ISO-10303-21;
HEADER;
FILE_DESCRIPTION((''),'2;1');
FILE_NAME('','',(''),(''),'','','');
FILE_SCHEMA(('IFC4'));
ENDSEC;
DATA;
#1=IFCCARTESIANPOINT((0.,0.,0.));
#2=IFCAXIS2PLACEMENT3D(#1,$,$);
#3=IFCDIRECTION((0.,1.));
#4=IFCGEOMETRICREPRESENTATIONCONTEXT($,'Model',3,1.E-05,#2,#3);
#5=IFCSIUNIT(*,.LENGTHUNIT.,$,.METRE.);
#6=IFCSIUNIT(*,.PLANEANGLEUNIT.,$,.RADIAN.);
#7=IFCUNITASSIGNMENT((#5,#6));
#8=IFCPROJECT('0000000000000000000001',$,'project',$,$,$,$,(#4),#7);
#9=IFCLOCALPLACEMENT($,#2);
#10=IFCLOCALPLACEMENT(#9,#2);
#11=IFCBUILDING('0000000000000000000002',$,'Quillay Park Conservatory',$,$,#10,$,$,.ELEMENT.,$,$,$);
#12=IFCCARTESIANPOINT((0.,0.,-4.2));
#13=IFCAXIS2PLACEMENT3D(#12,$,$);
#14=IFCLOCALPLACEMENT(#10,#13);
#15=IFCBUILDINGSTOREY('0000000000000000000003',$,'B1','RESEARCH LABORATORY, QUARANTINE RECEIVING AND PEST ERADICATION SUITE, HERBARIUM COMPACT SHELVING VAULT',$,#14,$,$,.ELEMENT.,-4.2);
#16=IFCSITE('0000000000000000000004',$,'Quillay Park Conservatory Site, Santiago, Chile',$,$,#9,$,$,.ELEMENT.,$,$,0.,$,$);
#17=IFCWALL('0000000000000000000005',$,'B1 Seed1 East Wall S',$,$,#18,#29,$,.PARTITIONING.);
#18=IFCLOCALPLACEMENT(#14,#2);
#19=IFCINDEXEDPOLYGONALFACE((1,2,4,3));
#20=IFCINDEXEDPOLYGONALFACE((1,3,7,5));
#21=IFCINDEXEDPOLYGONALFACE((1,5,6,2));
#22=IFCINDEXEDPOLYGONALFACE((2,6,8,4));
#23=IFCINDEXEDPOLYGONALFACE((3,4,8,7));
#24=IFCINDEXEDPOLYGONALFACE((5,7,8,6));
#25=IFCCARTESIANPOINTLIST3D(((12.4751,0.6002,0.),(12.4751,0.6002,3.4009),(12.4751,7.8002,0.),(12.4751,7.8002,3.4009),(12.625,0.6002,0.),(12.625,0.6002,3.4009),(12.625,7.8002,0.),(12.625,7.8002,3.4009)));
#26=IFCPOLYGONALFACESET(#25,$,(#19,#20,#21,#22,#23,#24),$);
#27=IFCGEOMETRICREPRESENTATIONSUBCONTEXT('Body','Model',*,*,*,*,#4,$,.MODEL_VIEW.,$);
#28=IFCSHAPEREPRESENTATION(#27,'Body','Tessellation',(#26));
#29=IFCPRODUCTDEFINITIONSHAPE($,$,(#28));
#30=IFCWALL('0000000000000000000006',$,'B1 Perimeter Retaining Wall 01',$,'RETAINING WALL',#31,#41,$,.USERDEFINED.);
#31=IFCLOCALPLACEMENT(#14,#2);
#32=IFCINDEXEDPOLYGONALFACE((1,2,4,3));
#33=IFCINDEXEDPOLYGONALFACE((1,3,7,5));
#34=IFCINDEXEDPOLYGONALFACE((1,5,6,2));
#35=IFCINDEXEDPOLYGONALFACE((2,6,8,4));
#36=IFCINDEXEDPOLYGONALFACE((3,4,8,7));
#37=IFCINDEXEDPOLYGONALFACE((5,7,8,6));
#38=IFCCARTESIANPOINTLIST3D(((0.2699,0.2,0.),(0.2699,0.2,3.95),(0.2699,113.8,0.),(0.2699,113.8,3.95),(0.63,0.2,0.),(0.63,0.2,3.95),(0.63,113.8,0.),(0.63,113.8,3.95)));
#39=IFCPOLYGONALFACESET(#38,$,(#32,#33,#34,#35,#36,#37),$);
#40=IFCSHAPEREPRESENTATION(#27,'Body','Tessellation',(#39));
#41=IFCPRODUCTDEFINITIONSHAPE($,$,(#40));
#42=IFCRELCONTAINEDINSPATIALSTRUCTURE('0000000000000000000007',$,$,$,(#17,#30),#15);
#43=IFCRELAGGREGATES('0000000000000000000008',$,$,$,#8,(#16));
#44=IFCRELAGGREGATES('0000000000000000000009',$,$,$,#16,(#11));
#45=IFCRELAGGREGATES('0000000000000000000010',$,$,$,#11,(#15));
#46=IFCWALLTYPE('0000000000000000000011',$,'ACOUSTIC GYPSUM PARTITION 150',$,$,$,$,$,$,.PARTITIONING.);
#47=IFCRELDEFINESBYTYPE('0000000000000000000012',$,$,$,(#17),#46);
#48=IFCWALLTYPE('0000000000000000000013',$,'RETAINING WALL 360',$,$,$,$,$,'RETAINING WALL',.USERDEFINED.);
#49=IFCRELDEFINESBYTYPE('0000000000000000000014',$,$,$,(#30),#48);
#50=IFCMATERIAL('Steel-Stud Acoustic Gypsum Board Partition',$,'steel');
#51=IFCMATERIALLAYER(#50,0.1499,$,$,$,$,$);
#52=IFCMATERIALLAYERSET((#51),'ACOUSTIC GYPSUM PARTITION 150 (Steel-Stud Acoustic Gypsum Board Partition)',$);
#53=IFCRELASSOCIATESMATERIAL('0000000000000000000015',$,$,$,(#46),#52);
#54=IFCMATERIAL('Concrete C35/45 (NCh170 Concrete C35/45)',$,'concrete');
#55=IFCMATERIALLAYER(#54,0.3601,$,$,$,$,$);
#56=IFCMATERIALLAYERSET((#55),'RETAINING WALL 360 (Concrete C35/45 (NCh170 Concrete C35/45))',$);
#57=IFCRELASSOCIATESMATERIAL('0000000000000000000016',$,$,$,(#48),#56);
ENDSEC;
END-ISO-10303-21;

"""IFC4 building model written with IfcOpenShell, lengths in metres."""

from ifc_helpers import new_model, si_unit, direction, frame, frame_2d, origin, place, context, subcontext, project, spatial, rectangle, extrude, material, layer, layer_set, type_object, element, save


model = new_model("IFC4")

# Units and contexts
model_context = context("Model", 3, precision=1e-05, world=origin(), true_north=direction((0.0, 1.0)))
body_context = subcontext(model_context, "Body", "Model", "MODEL_VIEW")
ifc_project = project(units=[si_unit("LENGTHUNIT", "METRE"), si_unit("PLANEANGLEUNIT", "RADIAN")], contexts=[model_context])

# Site, building, storey
site_placement = place(None, origin())
site = spatial("IfcSite", under=ifc_project, at=site_placement, Name="Quillay Park Conservatory Site, Santiago, Chile", CompositionType="ELEMENT", RefElevation=0.0)
building_placement = place(site_placement, origin())
building = spatial("IfcBuilding", under=site, at=building_placement, Name="Quillay Park Conservatory", CompositionType="ELEMENT")
storey_placement = place(building_placement, frame((0.0, 0.0, -4.2)))
storey = spatial("IfcBuildingStorey", under=building, at=storey_placement, Name="B1", Description="RESEARCH LABORATORY, QUARANTINE RECEIVING AND PEST ERADICATION SUITE, HERBARIUM COMPACT SHELVING VAULT", CompositionType="ELEMENT", Elevation=-4.2)

# Walls
ifc_material_1 = material(Name="Steel-Stud Acoustic Gypsum Board Partition", Category="steel")
ifc_layer_1 = layer(ifc_material_1, 0.1499)
ifc_layer_set_1 = layer_set([ifc_layer_1], Name="ACOUSTIC GYPSUM PARTITION 150 (Steel-Stud Acoustic Gypsum Board Partition)")
wall_type_1 = type_object("IfcWallType", Name="ACOUSTIC GYPSUM PARTITION 150", PredefinedType="PARTITIONING", material=ifc_layer_set_1)
wall_1_placement = place(storey_placement, frame((12.55, 0.6001, 0.0), z_axis=(0.0, 0.0, 1.0), x_axis=(0.0, 1.0, 0.0)))
element("IfcWall", 1, at=wall_1_placement, inside=storey, type_object=wall_type_1, Name="B1 Seed1 East Wall S", PredefinedType="PARTITIONING", context=body_context, shape_type="SweptSolid", body=[
    extrude(rectangle(XDim=7.2, YDim=0.1499, at=frame_2d((3.6001, 0.0))), origin(), (0.0, 0.0, 1.0), 3.4009),
])
ifc_material_2 = material(Name="Concrete C35/45 (NCh170 Concrete C35/45)", Category="concrete")
ifc_layer_2 = layer(ifc_material_2, 0.3601)
ifc_layer_set_2 = layer_set([ifc_layer_2], Name="RETAINING WALL 360 (Concrete C35/45 (NCh170 Concrete C35/45))")
wall_type_2 = type_object("IfcWallType", Name="RETAINING WALL 360", ElementType="RETAINING WALL", PredefinedType="USERDEFINED", material=ifc_layer_set_2)
wall_2_placement = place(storey_placement, frame((0.45, 0.2, 0.0), z_axis=(0.0, 0.0, 1.0), x_axis=(0.0, 1.0, 0.0)))
element("IfcWall", 2, at=wall_2_placement, inside=storey, type_object=wall_type_2, Name="B1 Perimeter Retaining Wall 01", ObjectType="RETAINING WALL", PredefinedType="USERDEFINED", context=body_context, shape_type="SweptSolid", body=[
    extrude(rectangle(XDim=113.6001, YDim=0.3601, at=frame_2d((56.8, 0.0))), origin(), (0.0, 0.0, 1.0), 3.95),
])

save(model, "model.ifc")
